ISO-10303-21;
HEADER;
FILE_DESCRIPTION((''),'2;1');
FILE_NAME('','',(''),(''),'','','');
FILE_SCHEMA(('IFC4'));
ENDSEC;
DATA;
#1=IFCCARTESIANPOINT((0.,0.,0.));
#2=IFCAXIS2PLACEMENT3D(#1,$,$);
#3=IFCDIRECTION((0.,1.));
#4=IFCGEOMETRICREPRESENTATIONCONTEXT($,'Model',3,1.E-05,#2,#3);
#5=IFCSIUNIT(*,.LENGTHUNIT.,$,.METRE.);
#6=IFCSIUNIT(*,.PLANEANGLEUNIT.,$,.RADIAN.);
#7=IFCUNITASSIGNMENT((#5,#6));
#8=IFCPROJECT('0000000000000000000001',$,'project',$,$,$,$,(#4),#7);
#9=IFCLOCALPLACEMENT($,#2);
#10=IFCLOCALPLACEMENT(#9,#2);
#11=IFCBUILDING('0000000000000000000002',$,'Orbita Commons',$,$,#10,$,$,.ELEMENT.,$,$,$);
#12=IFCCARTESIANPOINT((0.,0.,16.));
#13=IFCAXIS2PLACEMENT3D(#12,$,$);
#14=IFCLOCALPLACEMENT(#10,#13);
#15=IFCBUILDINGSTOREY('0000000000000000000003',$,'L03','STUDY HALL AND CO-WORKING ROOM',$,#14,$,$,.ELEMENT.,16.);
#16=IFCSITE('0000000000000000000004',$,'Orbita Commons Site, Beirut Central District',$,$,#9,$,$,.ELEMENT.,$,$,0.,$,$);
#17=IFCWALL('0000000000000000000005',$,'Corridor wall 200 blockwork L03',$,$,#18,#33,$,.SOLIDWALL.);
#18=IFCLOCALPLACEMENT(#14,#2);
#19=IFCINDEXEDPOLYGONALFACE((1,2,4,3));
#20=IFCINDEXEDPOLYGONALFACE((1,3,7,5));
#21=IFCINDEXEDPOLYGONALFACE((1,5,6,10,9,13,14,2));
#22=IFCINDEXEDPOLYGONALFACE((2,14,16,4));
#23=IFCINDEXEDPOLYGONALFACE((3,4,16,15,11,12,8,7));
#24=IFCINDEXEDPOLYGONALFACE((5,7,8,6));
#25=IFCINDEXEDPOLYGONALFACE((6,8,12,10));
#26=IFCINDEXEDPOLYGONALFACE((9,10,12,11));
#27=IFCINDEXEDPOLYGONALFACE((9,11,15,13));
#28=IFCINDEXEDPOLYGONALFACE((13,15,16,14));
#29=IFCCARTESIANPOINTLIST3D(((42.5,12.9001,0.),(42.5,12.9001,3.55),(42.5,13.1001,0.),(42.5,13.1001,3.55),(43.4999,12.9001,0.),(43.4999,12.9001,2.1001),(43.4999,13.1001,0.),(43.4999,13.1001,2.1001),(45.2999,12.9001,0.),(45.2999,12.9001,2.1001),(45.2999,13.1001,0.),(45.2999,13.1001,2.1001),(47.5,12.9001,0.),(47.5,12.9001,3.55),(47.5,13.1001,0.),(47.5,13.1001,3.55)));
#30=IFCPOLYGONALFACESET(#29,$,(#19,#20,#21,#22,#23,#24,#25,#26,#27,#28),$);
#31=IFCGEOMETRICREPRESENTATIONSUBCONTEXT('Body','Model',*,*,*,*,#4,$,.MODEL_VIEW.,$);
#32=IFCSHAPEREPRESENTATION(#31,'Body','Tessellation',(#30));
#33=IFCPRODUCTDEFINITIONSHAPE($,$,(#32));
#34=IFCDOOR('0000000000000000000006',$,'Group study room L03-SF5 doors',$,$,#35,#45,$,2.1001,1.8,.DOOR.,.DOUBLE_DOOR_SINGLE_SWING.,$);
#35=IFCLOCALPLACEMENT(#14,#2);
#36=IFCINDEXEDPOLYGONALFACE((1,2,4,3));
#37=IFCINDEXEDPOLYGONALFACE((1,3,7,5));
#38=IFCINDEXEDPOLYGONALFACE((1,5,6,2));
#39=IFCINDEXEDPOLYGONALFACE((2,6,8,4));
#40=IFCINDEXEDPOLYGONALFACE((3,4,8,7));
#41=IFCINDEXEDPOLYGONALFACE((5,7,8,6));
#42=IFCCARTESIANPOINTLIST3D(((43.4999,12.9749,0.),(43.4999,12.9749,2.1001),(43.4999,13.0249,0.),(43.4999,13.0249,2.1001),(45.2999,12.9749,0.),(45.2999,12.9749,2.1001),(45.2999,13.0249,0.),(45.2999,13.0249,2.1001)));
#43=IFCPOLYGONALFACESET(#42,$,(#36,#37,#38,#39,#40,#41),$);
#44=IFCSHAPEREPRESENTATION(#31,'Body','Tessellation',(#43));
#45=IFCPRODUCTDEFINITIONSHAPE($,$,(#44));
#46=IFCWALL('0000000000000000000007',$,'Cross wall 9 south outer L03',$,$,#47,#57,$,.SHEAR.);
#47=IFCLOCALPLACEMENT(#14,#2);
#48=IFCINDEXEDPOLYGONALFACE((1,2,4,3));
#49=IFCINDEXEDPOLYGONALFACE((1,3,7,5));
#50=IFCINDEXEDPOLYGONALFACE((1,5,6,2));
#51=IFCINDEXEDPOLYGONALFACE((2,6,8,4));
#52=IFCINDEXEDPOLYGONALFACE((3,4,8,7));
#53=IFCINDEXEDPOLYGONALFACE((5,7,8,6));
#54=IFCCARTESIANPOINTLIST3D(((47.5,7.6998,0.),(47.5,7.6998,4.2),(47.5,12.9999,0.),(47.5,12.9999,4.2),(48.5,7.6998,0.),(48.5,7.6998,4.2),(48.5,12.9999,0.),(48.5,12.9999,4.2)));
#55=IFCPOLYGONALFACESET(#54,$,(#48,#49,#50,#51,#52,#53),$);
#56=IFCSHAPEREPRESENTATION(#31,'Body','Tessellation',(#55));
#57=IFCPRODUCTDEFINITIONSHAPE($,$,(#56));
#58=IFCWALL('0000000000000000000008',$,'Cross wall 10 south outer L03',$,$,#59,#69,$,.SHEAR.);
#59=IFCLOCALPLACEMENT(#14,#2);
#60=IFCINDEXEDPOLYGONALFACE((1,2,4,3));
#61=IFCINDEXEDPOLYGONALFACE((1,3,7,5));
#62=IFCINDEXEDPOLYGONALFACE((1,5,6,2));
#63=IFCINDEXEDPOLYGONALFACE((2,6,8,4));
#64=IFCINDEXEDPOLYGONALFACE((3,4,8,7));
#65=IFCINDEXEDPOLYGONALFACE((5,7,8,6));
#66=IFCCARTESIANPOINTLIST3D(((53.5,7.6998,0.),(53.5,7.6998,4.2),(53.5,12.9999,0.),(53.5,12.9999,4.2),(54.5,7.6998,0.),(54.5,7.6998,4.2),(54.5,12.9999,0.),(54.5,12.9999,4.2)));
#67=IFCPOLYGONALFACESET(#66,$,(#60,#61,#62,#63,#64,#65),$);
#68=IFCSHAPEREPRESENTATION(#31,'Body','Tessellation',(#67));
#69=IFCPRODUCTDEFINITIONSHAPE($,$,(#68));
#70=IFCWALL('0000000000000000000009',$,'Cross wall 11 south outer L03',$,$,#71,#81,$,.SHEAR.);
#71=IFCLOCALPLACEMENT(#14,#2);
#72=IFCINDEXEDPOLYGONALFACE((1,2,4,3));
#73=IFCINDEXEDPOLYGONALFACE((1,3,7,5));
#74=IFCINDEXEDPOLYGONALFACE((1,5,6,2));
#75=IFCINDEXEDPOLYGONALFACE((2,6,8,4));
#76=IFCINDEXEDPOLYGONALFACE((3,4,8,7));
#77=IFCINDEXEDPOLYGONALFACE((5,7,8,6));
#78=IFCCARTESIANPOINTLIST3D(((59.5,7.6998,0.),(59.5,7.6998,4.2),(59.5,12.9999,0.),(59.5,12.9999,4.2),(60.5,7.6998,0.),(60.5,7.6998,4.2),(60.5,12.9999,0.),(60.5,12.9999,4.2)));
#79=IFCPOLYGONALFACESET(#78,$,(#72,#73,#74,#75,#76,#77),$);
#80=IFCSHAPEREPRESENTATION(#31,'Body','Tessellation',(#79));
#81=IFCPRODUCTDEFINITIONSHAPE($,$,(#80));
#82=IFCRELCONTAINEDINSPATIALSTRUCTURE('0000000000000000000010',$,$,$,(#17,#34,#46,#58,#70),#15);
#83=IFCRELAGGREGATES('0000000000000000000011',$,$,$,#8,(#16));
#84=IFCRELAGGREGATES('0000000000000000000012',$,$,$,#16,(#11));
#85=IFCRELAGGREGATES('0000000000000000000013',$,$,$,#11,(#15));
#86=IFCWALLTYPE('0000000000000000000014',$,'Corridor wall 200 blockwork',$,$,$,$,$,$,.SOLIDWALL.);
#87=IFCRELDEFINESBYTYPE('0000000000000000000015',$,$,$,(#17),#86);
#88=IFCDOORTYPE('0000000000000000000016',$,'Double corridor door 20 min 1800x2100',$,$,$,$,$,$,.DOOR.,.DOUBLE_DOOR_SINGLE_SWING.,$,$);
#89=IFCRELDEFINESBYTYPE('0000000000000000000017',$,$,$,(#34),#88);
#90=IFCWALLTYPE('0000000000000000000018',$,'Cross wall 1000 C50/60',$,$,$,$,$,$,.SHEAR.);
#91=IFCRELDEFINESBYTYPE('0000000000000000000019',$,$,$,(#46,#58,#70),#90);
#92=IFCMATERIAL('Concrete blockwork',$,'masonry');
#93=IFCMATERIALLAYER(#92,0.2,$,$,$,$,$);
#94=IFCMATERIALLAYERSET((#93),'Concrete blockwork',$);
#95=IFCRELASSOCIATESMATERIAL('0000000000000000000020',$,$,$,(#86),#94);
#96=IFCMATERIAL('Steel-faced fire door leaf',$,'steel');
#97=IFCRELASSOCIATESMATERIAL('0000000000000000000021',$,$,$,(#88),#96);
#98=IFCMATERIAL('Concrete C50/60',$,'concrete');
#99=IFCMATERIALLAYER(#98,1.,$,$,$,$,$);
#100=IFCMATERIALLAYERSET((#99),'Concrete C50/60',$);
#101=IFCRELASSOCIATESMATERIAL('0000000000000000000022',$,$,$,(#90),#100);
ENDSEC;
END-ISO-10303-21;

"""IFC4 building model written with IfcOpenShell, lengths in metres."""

from ifc_helpers import new_model, si_unit, direction, frame, frame_2d, origin, place, context, subcontext, project, spatial, polyline, rectangle, outline, extrude, material, layer, layer_set, type_object, element, fill, save


model = new_model("IFC4")

# Units and contexts
model_context = context("Model", 3, precision=1e-05, world=origin(), true_north=direction((0.0, 1.0)))
body_context = subcontext(model_context, "Body", "Model", "MODEL_VIEW")
ifc_project = project(units=[si_unit("LENGTHUNIT", "METRE"), si_unit("PLANEANGLEUNIT", "RADIAN")], contexts=[model_context])

# Site, building, storey
site_placement = place(None, origin())
site = spatial("IfcSite", under=ifc_project, at=site_placement, Name="Orbita Commons Site, Beirut Central District", CompositionType="ELEMENT", RefElevation=0.0)
building_placement = place(site_placement, origin())
building = spatial("IfcBuilding", under=site, at=building_placement, Name="Orbita Commons", CompositionType="ELEMENT")
storey_placement = place(building_placement, frame((0.0, 0.0, 16.0)))
storey = spatial("IfcBuildingStorey", under=building, at=storey_placement, Name="L03", Description="STUDY HALL AND CO-WORKING ROOM", CompositionType="ELEMENT", Elevation=16.0)

# Wall, opening, door
ifc_material_1 = material(Name="Concrete blockwork", Category="masonry")
ifc_layer_1 = layer(ifc_material_1, 0.2)
ifc_layer_set_1 = layer_set([ifc_layer_1], Name="Concrete blockwork")
wall_type_1 = type_object("IfcWallType", Name="Corridor wall 200 blockwork", PredefinedType="SOLIDWALL", material=ifc_layer_set_1)
wall_placement = place(storey_placement, frame((42.5, 13.0, 0.0), z_axis=(0.0, 0.0, 1.0), x_axis=(1.0, 0.0, 0.0)))
wall = element("IfcWall", 1, at=wall_placement, inside=storey, type_object=wall_type_1, Name="Corridor wall 200 blockwork L03", PredefinedType="SOLIDWALL", context=body_context, shape_type="SweptSolid", body=[
    extrude(outline(polyline([(0.0, 0.0), (5.0, 0.0), (5.0, 3.55), (0.0, 3.55), (0.0, 0.0)])), frame((0.0, 0.1001, 0.0), z_axis=(0.0, -1.0, 0.0), x_axis=(1.0, 0.0, 0.0)), (0.0, 0.0, 1.0), 0.2),
])
opening_placement = place(wall_placement, frame((1.0, 0.0, 0.0)))
opening = element("IfcOpeningElement", 2, at=opening_placement, cuts=wall, PredefinedType="OPENING", context=body_context, shape_type="SweptSolid", body=[
    extrude(rectangle(XDim=1.8, YDim=2.1001, at=frame_2d((0.8999, 1.05))), frame((0.0, 0.1099, 0.0), z_axis=(0.0, -1.0, 0.0), x_axis=(1.0, 0.0, 0.0)), (0.0, 0.0, 1.0), 0.22),
])
ifc_material_2 = material(Name="Steel-faced fire door leaf", Category="steel")
door_type = type_object("IfcDoorType", Name="Double corridor door 20 min 1800x2100", OperationType="DOUBLE_DOOR_SINGLE_SWING", PredefinedType="DOOR", material=ifc_material_2)
door_placement = place(opening_placement, origin())
door = element("IfcDoor", 3, at=door_placement, inside=storey, type_object=door_type, Name="Group study room L03-SF5 doors", OperationType="DOUBLE_DOOR_SINGLE_SWING", OverallHeight=2.1001, OverallWidth=1.8, PredefinedType="DOOR", context=body_context, shape_type="SweptSolid", body=[
    extrude(rectangle(XDim=1.8, YDim=2.1001, at=frame_2d((0.8999, 1.05))), frame((0.0, 0.0249, 0.0), z_axis=(0.0, -1.0, 0.0), x_axis=(1.0, 0.0, 0.0)), (0.0, 0.0, 1.0), 0.05),
])
fill(opening, door)

# Walls
ifc_material_3 = material(Name="Concrete C50/60", Category="concrete")
ifc_layer_2 = layer(ifc_material_3, 1.0)
ifc_layer_set_2 = layer_set([ifc_layer_2], Name="Concrete C50/60")
wall_type_2 = type_object("IfcWallType", Name="Cross wall 1000 C50/60", PredefinedType="SHEAR", material=ifc_layer_set_2)
for number, where, z_axis, x_axis, name in (
    (4, (48.0, 7.7, 0.0), (0.0, 0.0, 1.0), (0.0, 1.0, 0.0), "Cross wall 9 south outer L03"),
    (5, (54.0, 7.7, 0.0), (0.0, 0.0, 1.0), (0.0, 1.0, 0.0), "Cross wall 10 south outer L03"),
    (6, (60.0, 7.7, 0.0), (0.0, 0.0, 1.0), (0.0, 1.0, 0.0), "Cross wall 11 south outer L03"),
):
    element("IfcWall", number, at=place(storey_placement, frame(where, z_axis=z_axis, x_axis=x_axis)), inside=storey, type_object=wall_type_2, Name=name, PredefinedType="SHEAR", context=body_context, shape_type="SweptSolid", body=[
        extrude(rectangle(XDim=5.3, YDim=1.0, at=frame_2d((2.6499, 0.0))), origin(), (0.0, 0.0, 1.0), 4.2),
    ])

save(model, "model.ifc")
